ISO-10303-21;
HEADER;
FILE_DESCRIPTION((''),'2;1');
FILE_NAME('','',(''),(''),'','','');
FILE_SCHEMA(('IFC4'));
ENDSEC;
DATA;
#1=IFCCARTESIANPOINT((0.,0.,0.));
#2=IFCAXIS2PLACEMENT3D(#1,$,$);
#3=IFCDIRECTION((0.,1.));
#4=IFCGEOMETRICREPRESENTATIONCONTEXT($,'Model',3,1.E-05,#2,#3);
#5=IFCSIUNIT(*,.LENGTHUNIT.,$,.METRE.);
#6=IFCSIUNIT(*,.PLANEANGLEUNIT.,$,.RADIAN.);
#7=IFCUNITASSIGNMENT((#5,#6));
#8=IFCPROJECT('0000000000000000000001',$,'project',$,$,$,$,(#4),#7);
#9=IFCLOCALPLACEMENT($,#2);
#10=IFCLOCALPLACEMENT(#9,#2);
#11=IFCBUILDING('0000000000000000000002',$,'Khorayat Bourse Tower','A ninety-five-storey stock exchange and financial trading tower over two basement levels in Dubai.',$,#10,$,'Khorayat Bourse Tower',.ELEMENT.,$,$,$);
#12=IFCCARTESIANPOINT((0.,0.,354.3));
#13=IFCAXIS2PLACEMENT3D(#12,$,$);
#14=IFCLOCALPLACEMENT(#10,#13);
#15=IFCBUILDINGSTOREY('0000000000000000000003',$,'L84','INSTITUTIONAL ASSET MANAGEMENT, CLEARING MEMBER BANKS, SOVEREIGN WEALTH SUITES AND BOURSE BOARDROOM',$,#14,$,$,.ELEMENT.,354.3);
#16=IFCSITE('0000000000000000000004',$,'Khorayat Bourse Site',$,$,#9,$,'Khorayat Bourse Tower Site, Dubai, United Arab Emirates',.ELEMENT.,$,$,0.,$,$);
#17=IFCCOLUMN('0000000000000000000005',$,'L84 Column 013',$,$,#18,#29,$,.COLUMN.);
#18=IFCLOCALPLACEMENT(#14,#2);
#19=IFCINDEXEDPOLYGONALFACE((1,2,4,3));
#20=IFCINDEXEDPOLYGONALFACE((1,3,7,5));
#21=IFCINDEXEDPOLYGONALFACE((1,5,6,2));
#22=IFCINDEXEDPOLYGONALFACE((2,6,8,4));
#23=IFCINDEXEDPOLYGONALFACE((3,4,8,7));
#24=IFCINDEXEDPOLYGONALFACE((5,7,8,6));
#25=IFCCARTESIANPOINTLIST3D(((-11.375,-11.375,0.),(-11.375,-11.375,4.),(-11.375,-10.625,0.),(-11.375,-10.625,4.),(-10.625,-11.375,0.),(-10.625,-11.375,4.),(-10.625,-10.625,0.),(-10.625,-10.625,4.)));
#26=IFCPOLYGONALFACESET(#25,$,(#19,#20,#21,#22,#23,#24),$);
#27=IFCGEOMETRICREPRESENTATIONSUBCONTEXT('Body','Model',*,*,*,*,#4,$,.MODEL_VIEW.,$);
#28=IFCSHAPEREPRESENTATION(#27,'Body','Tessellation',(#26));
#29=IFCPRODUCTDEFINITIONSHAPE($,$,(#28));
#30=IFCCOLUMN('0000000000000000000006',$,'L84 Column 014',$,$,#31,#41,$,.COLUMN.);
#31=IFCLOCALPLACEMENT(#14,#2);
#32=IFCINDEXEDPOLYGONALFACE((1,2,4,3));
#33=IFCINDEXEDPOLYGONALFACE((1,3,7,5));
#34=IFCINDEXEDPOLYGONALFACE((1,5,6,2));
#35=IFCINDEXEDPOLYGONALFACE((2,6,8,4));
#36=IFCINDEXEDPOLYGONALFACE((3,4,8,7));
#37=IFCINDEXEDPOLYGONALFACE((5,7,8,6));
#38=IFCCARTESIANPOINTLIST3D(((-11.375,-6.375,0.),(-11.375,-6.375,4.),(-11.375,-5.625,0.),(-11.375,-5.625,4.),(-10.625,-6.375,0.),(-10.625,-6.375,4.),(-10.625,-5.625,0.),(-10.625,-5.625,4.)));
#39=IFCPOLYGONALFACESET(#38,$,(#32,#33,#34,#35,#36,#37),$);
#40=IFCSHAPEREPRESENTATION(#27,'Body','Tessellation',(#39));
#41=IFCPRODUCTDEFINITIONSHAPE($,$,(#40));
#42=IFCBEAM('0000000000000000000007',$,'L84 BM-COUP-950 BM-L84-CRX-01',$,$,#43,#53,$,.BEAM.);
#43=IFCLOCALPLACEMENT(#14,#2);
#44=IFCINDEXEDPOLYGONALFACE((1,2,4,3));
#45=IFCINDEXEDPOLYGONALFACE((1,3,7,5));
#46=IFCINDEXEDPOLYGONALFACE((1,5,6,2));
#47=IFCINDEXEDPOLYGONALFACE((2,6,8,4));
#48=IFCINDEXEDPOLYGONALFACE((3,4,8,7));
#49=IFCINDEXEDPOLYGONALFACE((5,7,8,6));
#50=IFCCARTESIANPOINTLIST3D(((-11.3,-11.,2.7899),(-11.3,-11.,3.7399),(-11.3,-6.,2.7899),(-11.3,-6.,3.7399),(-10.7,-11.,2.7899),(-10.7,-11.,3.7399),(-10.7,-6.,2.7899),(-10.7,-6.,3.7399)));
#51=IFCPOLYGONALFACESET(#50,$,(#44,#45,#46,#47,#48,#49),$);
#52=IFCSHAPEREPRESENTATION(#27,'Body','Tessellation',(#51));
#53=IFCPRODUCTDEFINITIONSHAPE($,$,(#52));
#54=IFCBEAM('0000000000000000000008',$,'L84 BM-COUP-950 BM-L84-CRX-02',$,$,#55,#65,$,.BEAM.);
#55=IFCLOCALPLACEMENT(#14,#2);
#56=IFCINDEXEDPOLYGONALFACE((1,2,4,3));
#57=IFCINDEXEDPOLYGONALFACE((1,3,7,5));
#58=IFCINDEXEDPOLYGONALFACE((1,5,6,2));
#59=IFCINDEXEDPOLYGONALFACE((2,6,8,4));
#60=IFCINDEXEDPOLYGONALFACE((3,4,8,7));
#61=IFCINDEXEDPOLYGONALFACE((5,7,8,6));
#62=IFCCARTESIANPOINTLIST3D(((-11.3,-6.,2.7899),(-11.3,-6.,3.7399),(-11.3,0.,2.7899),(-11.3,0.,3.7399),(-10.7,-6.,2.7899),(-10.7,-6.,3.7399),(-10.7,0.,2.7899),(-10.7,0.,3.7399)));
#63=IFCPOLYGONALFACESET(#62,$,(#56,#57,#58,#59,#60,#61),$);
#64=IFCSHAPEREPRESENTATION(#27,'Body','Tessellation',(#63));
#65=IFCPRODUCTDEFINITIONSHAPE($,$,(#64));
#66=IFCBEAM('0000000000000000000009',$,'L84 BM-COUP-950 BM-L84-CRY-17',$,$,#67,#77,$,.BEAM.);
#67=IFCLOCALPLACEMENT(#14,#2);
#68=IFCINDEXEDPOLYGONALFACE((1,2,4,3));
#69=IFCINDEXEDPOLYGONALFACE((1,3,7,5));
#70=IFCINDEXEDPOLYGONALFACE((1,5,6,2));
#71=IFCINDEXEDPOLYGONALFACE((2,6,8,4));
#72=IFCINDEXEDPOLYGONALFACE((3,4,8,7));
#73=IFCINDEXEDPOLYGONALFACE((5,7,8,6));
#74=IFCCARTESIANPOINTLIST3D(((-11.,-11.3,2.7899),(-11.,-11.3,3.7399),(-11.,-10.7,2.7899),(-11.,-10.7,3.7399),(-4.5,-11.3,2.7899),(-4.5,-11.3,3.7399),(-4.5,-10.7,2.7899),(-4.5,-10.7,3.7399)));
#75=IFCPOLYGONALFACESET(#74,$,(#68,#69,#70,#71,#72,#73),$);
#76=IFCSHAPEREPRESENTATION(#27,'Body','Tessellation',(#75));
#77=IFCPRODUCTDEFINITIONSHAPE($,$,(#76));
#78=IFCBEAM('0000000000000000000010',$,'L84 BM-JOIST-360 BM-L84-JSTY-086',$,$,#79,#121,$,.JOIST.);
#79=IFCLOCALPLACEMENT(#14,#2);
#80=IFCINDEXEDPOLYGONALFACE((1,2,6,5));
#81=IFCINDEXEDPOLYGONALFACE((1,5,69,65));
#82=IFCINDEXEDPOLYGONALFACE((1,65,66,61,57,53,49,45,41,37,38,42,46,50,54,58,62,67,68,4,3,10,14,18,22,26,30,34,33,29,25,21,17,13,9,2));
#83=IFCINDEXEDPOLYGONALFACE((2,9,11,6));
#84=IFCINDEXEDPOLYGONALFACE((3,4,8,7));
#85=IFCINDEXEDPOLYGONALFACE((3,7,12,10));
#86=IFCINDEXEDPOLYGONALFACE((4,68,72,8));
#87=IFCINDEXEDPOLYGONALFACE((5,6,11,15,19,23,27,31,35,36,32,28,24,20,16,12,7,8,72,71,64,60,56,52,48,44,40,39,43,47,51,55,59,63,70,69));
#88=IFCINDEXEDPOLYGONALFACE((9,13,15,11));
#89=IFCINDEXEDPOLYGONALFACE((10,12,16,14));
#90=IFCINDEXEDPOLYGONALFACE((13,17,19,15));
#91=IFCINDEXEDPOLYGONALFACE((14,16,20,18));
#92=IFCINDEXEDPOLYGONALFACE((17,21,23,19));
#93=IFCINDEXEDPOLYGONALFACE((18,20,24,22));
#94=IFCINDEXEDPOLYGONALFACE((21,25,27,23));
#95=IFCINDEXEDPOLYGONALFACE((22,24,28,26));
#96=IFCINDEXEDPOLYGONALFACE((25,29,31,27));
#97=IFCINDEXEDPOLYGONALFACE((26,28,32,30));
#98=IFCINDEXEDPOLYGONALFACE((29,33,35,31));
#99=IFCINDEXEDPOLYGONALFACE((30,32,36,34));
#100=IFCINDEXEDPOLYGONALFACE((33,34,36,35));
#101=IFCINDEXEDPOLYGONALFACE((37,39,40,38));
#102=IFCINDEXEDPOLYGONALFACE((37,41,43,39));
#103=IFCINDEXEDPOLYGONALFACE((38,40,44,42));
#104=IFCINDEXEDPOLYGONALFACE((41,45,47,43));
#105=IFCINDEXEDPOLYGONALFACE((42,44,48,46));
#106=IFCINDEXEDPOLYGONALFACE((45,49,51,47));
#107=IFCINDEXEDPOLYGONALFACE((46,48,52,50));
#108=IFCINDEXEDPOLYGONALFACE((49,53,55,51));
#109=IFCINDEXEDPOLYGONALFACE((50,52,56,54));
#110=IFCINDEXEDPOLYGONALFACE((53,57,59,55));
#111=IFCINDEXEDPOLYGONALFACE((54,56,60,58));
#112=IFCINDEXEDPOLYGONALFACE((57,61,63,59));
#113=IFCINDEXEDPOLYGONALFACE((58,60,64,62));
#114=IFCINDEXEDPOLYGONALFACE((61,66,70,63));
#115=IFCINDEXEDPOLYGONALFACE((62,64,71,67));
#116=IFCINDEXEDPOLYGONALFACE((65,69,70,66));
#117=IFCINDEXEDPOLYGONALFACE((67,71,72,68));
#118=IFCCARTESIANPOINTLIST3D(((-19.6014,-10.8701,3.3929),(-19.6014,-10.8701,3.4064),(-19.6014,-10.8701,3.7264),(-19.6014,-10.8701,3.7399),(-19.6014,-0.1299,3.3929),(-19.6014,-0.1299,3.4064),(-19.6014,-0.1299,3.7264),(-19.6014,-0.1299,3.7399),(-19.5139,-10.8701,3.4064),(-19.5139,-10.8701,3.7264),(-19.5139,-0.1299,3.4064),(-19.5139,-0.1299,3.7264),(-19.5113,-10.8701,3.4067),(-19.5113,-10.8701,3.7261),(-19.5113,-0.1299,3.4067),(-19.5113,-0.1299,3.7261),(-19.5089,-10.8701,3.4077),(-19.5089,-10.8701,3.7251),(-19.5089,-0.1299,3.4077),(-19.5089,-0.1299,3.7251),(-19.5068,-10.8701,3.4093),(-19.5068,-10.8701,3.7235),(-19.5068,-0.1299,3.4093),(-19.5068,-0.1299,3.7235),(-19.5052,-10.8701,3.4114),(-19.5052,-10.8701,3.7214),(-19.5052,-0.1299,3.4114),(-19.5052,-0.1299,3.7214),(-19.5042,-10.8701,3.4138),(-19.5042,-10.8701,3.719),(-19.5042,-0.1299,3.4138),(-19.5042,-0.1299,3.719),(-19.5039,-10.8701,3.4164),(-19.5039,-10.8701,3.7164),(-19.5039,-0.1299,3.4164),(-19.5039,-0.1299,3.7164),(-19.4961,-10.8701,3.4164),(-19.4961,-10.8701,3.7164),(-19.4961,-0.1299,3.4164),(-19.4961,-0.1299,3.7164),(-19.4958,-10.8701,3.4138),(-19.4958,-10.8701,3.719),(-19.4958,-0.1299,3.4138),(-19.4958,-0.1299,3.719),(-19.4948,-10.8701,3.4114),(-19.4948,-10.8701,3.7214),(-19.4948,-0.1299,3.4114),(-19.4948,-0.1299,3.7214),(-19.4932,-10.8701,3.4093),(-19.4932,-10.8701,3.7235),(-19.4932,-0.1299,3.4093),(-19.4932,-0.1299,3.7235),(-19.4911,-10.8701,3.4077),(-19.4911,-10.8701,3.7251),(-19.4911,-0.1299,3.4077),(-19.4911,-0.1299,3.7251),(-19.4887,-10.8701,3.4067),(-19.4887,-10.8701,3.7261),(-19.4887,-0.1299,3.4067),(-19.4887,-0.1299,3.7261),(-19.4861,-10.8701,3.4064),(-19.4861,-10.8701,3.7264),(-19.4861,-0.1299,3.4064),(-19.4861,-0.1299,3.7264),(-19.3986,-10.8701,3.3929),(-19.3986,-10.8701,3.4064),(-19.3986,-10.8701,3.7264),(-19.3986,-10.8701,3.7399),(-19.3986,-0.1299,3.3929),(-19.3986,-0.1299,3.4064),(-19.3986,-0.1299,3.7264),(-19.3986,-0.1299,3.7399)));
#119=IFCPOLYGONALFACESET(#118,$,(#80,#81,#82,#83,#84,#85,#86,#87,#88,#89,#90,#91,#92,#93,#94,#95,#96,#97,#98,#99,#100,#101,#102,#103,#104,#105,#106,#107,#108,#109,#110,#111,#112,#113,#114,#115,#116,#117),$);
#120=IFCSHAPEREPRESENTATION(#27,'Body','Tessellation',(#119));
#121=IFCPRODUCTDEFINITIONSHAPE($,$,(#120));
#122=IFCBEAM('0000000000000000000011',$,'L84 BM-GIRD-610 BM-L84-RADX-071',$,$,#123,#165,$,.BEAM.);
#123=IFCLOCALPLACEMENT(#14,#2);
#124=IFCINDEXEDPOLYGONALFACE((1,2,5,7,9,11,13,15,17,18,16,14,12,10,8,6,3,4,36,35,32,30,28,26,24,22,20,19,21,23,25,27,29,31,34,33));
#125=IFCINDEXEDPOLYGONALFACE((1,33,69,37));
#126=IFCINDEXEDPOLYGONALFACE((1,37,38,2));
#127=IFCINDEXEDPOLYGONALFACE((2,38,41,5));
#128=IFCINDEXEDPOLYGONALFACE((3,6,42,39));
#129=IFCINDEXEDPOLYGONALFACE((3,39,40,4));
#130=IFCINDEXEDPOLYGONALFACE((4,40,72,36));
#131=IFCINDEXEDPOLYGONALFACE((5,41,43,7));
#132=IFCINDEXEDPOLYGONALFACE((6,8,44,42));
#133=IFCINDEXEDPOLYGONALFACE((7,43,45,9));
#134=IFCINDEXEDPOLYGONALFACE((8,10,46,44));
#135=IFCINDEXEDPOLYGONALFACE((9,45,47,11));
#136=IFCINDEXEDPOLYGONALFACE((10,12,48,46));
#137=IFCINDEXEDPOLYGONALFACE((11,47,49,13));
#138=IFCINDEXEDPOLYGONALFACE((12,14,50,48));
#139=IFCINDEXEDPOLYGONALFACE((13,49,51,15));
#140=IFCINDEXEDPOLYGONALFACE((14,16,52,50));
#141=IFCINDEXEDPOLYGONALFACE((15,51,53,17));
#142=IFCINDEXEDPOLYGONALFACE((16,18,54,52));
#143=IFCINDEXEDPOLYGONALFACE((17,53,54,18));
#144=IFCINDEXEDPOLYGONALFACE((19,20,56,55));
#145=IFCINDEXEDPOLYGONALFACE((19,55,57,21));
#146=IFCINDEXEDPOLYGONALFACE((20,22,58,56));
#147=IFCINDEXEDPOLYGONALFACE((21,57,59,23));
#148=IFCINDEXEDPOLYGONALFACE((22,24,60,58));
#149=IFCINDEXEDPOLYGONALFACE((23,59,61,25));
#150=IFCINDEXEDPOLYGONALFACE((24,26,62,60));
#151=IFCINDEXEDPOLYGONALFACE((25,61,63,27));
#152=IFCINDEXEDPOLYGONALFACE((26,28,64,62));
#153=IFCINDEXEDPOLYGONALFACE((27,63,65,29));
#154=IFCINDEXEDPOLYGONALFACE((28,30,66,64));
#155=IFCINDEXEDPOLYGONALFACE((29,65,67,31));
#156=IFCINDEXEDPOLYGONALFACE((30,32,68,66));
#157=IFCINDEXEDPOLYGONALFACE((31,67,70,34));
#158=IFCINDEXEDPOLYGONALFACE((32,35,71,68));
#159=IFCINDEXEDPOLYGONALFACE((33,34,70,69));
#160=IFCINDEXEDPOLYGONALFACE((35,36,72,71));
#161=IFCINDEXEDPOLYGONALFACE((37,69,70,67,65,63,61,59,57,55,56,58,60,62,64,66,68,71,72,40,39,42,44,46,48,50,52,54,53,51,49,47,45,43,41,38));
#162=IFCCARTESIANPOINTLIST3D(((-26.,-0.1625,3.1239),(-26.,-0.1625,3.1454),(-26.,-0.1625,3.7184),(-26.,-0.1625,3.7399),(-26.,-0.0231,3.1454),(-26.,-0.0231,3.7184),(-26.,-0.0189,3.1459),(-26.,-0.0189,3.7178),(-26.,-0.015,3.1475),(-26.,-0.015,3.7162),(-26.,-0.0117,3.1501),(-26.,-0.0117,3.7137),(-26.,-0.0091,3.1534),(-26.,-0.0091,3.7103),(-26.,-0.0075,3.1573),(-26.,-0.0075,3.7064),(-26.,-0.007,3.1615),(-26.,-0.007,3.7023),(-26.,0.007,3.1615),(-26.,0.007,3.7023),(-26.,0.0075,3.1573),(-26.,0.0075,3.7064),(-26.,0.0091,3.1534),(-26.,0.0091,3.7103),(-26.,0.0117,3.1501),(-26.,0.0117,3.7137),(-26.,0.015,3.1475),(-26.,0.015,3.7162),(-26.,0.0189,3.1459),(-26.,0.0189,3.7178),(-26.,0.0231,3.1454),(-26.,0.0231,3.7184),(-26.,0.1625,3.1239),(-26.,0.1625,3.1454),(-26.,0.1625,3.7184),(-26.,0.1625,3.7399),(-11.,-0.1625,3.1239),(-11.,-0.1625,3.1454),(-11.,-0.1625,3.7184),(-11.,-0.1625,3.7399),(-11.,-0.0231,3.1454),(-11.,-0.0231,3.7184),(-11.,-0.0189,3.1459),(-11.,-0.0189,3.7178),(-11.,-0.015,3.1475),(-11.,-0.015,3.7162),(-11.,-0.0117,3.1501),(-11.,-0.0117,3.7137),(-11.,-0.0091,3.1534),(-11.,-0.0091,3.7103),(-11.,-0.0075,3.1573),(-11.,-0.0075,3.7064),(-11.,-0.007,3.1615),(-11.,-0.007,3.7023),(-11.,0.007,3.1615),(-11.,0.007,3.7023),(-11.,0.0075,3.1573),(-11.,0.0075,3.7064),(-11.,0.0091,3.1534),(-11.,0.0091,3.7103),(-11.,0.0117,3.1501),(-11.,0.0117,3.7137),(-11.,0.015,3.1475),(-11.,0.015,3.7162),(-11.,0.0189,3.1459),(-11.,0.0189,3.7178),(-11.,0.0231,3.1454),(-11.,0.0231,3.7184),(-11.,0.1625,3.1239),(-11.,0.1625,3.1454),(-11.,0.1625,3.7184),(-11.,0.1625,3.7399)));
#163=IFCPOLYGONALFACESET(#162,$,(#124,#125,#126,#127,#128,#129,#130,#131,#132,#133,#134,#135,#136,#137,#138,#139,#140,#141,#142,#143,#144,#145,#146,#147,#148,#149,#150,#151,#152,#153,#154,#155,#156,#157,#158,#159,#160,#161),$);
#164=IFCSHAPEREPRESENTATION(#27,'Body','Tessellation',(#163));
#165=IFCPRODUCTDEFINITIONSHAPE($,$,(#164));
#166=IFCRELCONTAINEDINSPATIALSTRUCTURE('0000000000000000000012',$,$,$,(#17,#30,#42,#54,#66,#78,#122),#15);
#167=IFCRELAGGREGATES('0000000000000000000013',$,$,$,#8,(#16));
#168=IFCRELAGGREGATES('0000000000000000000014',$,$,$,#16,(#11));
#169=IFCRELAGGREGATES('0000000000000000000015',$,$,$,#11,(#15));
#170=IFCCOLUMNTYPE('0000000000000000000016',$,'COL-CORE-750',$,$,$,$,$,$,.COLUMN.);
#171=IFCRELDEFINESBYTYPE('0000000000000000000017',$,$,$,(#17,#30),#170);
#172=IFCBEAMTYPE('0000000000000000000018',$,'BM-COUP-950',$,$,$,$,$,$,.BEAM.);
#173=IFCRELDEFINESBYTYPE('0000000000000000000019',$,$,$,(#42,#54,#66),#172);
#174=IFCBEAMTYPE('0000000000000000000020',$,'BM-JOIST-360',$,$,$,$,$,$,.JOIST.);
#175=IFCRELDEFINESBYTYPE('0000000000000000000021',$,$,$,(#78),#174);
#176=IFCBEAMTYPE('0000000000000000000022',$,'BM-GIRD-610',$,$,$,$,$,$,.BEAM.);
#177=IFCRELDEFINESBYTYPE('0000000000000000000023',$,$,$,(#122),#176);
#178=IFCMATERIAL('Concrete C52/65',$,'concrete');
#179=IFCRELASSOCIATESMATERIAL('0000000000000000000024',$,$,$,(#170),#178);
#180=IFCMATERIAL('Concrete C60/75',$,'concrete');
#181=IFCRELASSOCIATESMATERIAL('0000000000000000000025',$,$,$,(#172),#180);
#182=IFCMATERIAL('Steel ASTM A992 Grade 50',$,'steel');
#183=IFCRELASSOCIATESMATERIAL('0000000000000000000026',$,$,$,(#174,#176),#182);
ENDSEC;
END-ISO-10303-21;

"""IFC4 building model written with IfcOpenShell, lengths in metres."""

from ifc_helpers import new_model, si_unit, direction, frame, origin, origin_2d, place, context, subcontext, project, spatial, rectangle, i_section, extrude, source, transform, mapped, material, material_profile, profile_set, type_object, element, save


model = new_model("IFC4")

# Units and contexts
model_context = context("Model", 3, precision=1e-05, world=origin(), true_north=direction((0.0, 1.0)))
body_context = subcontext(model_context, "Body", "Model", "MODEL_VIEW")
ifc_project = project(units=[si_unit("LENGTHUNIT", "METRE"), si_unit("PLANEANGLEUNIT", "RADIAN")], contexts=[model_context])

# Site, building, storey
site_placement = place(None, origin())
site = spatial("IfcSite", under=ifc_project, at=site_placement, Name="Khorayat Bourse Site", LongName="Khorayat Bourse Tower Site, Dubai, United Arab Emirates", CompositionType="ELEMENT", RefElevation=0.0)
building_placement = place(site_placement, origin())
building = spatial("IfcBuilding", under=site, at=building_placement, Name="Khorayat Bourse Tower", Description="A ninety-five-storey stock exchange and financial trading tower over two basement levels in Dubai.", LongName="Khorayat Bourse Tower", CompositionType="ELEMENT")
storey_placement = place(building_placement, frame((0.0, 0.0, 354.3)))
storey = spatial("IfcBuildingStorey", under=building, at=storey_placement, Name="L84", Description="INSTITUTIONAL ASSET MANAGEMENT, CLEARING MEMBER BANKS, SOVEREIGN WEALTH SUITES AND BOURSE BOARDROOM", CompositionType="ELEMENT", Elevation=354.3)

# Columns
ifc_material_1 = material(Name="Concrete C52/65", Category="concrete")
ifc_material_profile_1 = material_profile(ifc_material_1, rectangle(XDim=0.75, YDim=0.75, at=origin_2d()), Name="RC 750x750")
ifc_profile_set_1 = profile_set([ifc_material_profile_1], Name="Concrete C52/65")
column_type = type_object("IfcColumnType", Name="COL-CORE-750", PredefinedType="COLUMN", material=ifc_profile_set_1)
shared_shape_1 = source(origin(), body_context, "Body", "SweptSolid", [
    extrude(rectangle(XDim=0.75, YDim=0.75, at=origin_2d()), origin(), (0.0, 0.0, 1.0), 4.0),
])
for number, where, z_axis, x_axis, name in (
    (1, (-11.0, -11.0, 0.0), (0.0, 0.0, 1.0), (1.0, 0.0, 0.0), "L84 Column 013"),
    (2, (-11.0, -6.0, 0.0), (0.0, 0.0, 1.0), (1.0, 0.0, 0.0), "L84 Column 014"),
):
    element("IfcColumn", number, at=place(storey_placement, frame(where, z_axis=z_axis, x_axis=x_axis)), inside=storey, type_object=column_type, Name=name, PredefinedType="COLUMN", context=body_context, shape_type="MappedRepresentation", body=[
        mapped(shared_shape_1, transform((0.0, 0.0, 0.0), scale=1.0)),
    ])

# Beams
ifc_material_2 = material(Name="Concrete C60/75", Category="concrete")
ifc_material_profile_2 = material_profile(ifc_material_2, rectangle(XDim=0.6001, YDim=0.95, at=origin_2d()), Name="RC 600x950")
ifc_profile_set_2 = profile_set([ifc_material_profile_2], Name="Concrete C60/75")
beam_type_1 = type_object("IfcBeamType", Name="BM-COUP-950", PredefinedType="BEAM", material=ifc_profile_set_2)
shared_shape_2 = source(origin(), body_context, "Body", "SweptSolid", [
    extrude(rectangle(XDim=0.6001, YDim=0.95, at=origin_2d()), origin(), (0.0, 0.0, 1.0), 5.0),
])
beam_1_placement = place(storey_placement, frame((-11.0, -11.0, 3.2649), z_axis=(0.0, 1.0, 0.0), x_axis=(-1.0, 0.0, 0.0)))
element("IfcBeam", 3, at=beam_1_placement, inside=storey, type_object=beam_type_1, Name="L84 BM-COUP-950 BM-L84-CRX-01", PredefinedType="BEAM", context=body_context, shape_type="MappedRepresentation", body=[
    mapped(shared_shape_2, transform((0.0, 0.0, 0.0), scale=1.0)),
])
shared_shape_3 = source(origin(), body_context, "Body", "SweptSolid", [
    extrude(rectangle(XDim=0.6001, YDim=0.95, at=origin_2d()), origin(), (0.0, 0.0, 1.0), 6.0),
])
beam_2_placement = place(storey_placement, frame((-11.0, -6.0, 3.2649), z_axis=(0.0, 1.0, 0.0), x_axis=(-1.0, 0.0, 0.0)))
element("IfcBeam", 4, at=beam_2_placement, inside=storey, type_object=beam_type_1, Name="L84 BM-COUP-950 BM-L84-CRX-02", PredefinedType="BEAM", context=body_context, shape_type="MappedRepresentation", body=[
    mapped(shared_shape_3, transform((0.0, 0.0, 0.0), scale=1.0)),
])
shared_shape_4 = source(origin(), body_context, "Body", "SweptSolid", [
    extrude(rectangle(XDim=0.6001, YDim=0.95, at=origin_2d()), origin(), (0.0, 0.0, 1.0), 6.5),
])
beam_3_placement = place(storey_placement, frame((-11.0, -11.0, 3.2649), z_axis=(1.0, 0.0, 0.0), x_axis=(0.0, 1.0, 0.0)))
element("IfcBeam", 5, at=beam_3_placement, inside=storey, type_object=beam_type_1, Name="L84 BM-COUP-950 BM-L84-CRY-17", PredefinedType="BEAM", context=body_context, shape_type="MappedRepresentation", body=[
    mapped(shared_shape_4, transform((0.0, 0.0, 0.0), scale=1.0)),
])
ifc_material_3 = material(Name="Steel ASTM A992 Grade 50", Category="steel")
ifc_material_profile_3 = material_profile(ifc_material_3, i_section(OverallWidth=0.2029, OverallDepth=0.3469, WebThickness=0.0078, FlangeThickness=0.0134, FilletRadius=0.01, at=origin_2d()), Name="W360X64")
ifc_profile_set_3 = profile_set([ifc_material_profile_3], Name="Steel ASTM A992 Grade 50")
beam_type_2 = type_object("IfcBeamType", Name="BM-JOIST-360", PredefinedType="JOIST", material=ifc_profile_set_3)
shared_shape_5 = source(origin(), body_context, "Body", "SweptSolid", [
    extrude(i_section(OverallWidth=0.2029, OverallDepth=0.3469, WebThickness=0.0078, FlangeThickness=0.0134, FilletRadius=0.01, at=origin_2d()), origin(), (0.0, 0.0, 1.0), 10.7402),
])
beam_4_placement = place(storey_placement, frame((-19.5, -10.8701, 3.5664), z_axis=(0.0, 1.0, 0.0), x_axis=(-1.0, 0.0, 0.0)))
element("IfcBeam", 6, at=beam_4_placement, inside=storey, type_object=beam_type_2, Name="L84 BM-JOIST-360 BM-L84-JSTY-086", PredefinedType="JOIST", context=body_context, shape_type="MappedRepresentation", body=[
    mapped(shared_shape_5, transform((0.0, 0.0, 0.0), scale=1.0)),
])
ifc_material_profile_4 = material_profile(ifc_material_3, i_section(OverallWidth=0.325, OverallDepth=0.616, WebThickness=0.0139, FlangeThickness=0.0215, FilletRadius=0.0161, at=origin_2d()), Name="W610X174")
ifc_profile_set_4 = profile_set([ifc_material_profile_4], Name="Steel ASTM A992 Grade 50")
beam_type_3 = type_object("IfcBeamType", Name="BM-GIRD-610", PredefinedType="BEAM", material=ifc_profile_set_4)
shared_shape_6 = source(origin(), body_context, "Body", "SweptSolid", [
    extrude(i_section(OverallWidth=0.325, OverallDepth=0.616, WebThickness=0.0139, FlangeThickness=0.0215, FilletRadius=0.0161, at=origin_2d()), origin(), (0.0, 0.0, 1.0), 15.0),
])
beam_5_placement = place(storey_placement, frame((-26.0, 0.0, 3.4319), z_axis=(1.0, 0.0, 0.0), x_axis=(0.0, 1.0, 0.0)))
element("IfcBeam", 7, at=beam_5_placement, inside=storey, type_object=beam_type_3, Name="L84 BM-GIRD-610 BM-L84-RADX-071", PredefinedType="BEAM", context=body_context, shape_type="MappedRepresentation", body=[
    mapped(shared_shape_6, transform((0.0, 0.0, 0.0), scale=1.0)),
])

save(model, "model.ifc")
